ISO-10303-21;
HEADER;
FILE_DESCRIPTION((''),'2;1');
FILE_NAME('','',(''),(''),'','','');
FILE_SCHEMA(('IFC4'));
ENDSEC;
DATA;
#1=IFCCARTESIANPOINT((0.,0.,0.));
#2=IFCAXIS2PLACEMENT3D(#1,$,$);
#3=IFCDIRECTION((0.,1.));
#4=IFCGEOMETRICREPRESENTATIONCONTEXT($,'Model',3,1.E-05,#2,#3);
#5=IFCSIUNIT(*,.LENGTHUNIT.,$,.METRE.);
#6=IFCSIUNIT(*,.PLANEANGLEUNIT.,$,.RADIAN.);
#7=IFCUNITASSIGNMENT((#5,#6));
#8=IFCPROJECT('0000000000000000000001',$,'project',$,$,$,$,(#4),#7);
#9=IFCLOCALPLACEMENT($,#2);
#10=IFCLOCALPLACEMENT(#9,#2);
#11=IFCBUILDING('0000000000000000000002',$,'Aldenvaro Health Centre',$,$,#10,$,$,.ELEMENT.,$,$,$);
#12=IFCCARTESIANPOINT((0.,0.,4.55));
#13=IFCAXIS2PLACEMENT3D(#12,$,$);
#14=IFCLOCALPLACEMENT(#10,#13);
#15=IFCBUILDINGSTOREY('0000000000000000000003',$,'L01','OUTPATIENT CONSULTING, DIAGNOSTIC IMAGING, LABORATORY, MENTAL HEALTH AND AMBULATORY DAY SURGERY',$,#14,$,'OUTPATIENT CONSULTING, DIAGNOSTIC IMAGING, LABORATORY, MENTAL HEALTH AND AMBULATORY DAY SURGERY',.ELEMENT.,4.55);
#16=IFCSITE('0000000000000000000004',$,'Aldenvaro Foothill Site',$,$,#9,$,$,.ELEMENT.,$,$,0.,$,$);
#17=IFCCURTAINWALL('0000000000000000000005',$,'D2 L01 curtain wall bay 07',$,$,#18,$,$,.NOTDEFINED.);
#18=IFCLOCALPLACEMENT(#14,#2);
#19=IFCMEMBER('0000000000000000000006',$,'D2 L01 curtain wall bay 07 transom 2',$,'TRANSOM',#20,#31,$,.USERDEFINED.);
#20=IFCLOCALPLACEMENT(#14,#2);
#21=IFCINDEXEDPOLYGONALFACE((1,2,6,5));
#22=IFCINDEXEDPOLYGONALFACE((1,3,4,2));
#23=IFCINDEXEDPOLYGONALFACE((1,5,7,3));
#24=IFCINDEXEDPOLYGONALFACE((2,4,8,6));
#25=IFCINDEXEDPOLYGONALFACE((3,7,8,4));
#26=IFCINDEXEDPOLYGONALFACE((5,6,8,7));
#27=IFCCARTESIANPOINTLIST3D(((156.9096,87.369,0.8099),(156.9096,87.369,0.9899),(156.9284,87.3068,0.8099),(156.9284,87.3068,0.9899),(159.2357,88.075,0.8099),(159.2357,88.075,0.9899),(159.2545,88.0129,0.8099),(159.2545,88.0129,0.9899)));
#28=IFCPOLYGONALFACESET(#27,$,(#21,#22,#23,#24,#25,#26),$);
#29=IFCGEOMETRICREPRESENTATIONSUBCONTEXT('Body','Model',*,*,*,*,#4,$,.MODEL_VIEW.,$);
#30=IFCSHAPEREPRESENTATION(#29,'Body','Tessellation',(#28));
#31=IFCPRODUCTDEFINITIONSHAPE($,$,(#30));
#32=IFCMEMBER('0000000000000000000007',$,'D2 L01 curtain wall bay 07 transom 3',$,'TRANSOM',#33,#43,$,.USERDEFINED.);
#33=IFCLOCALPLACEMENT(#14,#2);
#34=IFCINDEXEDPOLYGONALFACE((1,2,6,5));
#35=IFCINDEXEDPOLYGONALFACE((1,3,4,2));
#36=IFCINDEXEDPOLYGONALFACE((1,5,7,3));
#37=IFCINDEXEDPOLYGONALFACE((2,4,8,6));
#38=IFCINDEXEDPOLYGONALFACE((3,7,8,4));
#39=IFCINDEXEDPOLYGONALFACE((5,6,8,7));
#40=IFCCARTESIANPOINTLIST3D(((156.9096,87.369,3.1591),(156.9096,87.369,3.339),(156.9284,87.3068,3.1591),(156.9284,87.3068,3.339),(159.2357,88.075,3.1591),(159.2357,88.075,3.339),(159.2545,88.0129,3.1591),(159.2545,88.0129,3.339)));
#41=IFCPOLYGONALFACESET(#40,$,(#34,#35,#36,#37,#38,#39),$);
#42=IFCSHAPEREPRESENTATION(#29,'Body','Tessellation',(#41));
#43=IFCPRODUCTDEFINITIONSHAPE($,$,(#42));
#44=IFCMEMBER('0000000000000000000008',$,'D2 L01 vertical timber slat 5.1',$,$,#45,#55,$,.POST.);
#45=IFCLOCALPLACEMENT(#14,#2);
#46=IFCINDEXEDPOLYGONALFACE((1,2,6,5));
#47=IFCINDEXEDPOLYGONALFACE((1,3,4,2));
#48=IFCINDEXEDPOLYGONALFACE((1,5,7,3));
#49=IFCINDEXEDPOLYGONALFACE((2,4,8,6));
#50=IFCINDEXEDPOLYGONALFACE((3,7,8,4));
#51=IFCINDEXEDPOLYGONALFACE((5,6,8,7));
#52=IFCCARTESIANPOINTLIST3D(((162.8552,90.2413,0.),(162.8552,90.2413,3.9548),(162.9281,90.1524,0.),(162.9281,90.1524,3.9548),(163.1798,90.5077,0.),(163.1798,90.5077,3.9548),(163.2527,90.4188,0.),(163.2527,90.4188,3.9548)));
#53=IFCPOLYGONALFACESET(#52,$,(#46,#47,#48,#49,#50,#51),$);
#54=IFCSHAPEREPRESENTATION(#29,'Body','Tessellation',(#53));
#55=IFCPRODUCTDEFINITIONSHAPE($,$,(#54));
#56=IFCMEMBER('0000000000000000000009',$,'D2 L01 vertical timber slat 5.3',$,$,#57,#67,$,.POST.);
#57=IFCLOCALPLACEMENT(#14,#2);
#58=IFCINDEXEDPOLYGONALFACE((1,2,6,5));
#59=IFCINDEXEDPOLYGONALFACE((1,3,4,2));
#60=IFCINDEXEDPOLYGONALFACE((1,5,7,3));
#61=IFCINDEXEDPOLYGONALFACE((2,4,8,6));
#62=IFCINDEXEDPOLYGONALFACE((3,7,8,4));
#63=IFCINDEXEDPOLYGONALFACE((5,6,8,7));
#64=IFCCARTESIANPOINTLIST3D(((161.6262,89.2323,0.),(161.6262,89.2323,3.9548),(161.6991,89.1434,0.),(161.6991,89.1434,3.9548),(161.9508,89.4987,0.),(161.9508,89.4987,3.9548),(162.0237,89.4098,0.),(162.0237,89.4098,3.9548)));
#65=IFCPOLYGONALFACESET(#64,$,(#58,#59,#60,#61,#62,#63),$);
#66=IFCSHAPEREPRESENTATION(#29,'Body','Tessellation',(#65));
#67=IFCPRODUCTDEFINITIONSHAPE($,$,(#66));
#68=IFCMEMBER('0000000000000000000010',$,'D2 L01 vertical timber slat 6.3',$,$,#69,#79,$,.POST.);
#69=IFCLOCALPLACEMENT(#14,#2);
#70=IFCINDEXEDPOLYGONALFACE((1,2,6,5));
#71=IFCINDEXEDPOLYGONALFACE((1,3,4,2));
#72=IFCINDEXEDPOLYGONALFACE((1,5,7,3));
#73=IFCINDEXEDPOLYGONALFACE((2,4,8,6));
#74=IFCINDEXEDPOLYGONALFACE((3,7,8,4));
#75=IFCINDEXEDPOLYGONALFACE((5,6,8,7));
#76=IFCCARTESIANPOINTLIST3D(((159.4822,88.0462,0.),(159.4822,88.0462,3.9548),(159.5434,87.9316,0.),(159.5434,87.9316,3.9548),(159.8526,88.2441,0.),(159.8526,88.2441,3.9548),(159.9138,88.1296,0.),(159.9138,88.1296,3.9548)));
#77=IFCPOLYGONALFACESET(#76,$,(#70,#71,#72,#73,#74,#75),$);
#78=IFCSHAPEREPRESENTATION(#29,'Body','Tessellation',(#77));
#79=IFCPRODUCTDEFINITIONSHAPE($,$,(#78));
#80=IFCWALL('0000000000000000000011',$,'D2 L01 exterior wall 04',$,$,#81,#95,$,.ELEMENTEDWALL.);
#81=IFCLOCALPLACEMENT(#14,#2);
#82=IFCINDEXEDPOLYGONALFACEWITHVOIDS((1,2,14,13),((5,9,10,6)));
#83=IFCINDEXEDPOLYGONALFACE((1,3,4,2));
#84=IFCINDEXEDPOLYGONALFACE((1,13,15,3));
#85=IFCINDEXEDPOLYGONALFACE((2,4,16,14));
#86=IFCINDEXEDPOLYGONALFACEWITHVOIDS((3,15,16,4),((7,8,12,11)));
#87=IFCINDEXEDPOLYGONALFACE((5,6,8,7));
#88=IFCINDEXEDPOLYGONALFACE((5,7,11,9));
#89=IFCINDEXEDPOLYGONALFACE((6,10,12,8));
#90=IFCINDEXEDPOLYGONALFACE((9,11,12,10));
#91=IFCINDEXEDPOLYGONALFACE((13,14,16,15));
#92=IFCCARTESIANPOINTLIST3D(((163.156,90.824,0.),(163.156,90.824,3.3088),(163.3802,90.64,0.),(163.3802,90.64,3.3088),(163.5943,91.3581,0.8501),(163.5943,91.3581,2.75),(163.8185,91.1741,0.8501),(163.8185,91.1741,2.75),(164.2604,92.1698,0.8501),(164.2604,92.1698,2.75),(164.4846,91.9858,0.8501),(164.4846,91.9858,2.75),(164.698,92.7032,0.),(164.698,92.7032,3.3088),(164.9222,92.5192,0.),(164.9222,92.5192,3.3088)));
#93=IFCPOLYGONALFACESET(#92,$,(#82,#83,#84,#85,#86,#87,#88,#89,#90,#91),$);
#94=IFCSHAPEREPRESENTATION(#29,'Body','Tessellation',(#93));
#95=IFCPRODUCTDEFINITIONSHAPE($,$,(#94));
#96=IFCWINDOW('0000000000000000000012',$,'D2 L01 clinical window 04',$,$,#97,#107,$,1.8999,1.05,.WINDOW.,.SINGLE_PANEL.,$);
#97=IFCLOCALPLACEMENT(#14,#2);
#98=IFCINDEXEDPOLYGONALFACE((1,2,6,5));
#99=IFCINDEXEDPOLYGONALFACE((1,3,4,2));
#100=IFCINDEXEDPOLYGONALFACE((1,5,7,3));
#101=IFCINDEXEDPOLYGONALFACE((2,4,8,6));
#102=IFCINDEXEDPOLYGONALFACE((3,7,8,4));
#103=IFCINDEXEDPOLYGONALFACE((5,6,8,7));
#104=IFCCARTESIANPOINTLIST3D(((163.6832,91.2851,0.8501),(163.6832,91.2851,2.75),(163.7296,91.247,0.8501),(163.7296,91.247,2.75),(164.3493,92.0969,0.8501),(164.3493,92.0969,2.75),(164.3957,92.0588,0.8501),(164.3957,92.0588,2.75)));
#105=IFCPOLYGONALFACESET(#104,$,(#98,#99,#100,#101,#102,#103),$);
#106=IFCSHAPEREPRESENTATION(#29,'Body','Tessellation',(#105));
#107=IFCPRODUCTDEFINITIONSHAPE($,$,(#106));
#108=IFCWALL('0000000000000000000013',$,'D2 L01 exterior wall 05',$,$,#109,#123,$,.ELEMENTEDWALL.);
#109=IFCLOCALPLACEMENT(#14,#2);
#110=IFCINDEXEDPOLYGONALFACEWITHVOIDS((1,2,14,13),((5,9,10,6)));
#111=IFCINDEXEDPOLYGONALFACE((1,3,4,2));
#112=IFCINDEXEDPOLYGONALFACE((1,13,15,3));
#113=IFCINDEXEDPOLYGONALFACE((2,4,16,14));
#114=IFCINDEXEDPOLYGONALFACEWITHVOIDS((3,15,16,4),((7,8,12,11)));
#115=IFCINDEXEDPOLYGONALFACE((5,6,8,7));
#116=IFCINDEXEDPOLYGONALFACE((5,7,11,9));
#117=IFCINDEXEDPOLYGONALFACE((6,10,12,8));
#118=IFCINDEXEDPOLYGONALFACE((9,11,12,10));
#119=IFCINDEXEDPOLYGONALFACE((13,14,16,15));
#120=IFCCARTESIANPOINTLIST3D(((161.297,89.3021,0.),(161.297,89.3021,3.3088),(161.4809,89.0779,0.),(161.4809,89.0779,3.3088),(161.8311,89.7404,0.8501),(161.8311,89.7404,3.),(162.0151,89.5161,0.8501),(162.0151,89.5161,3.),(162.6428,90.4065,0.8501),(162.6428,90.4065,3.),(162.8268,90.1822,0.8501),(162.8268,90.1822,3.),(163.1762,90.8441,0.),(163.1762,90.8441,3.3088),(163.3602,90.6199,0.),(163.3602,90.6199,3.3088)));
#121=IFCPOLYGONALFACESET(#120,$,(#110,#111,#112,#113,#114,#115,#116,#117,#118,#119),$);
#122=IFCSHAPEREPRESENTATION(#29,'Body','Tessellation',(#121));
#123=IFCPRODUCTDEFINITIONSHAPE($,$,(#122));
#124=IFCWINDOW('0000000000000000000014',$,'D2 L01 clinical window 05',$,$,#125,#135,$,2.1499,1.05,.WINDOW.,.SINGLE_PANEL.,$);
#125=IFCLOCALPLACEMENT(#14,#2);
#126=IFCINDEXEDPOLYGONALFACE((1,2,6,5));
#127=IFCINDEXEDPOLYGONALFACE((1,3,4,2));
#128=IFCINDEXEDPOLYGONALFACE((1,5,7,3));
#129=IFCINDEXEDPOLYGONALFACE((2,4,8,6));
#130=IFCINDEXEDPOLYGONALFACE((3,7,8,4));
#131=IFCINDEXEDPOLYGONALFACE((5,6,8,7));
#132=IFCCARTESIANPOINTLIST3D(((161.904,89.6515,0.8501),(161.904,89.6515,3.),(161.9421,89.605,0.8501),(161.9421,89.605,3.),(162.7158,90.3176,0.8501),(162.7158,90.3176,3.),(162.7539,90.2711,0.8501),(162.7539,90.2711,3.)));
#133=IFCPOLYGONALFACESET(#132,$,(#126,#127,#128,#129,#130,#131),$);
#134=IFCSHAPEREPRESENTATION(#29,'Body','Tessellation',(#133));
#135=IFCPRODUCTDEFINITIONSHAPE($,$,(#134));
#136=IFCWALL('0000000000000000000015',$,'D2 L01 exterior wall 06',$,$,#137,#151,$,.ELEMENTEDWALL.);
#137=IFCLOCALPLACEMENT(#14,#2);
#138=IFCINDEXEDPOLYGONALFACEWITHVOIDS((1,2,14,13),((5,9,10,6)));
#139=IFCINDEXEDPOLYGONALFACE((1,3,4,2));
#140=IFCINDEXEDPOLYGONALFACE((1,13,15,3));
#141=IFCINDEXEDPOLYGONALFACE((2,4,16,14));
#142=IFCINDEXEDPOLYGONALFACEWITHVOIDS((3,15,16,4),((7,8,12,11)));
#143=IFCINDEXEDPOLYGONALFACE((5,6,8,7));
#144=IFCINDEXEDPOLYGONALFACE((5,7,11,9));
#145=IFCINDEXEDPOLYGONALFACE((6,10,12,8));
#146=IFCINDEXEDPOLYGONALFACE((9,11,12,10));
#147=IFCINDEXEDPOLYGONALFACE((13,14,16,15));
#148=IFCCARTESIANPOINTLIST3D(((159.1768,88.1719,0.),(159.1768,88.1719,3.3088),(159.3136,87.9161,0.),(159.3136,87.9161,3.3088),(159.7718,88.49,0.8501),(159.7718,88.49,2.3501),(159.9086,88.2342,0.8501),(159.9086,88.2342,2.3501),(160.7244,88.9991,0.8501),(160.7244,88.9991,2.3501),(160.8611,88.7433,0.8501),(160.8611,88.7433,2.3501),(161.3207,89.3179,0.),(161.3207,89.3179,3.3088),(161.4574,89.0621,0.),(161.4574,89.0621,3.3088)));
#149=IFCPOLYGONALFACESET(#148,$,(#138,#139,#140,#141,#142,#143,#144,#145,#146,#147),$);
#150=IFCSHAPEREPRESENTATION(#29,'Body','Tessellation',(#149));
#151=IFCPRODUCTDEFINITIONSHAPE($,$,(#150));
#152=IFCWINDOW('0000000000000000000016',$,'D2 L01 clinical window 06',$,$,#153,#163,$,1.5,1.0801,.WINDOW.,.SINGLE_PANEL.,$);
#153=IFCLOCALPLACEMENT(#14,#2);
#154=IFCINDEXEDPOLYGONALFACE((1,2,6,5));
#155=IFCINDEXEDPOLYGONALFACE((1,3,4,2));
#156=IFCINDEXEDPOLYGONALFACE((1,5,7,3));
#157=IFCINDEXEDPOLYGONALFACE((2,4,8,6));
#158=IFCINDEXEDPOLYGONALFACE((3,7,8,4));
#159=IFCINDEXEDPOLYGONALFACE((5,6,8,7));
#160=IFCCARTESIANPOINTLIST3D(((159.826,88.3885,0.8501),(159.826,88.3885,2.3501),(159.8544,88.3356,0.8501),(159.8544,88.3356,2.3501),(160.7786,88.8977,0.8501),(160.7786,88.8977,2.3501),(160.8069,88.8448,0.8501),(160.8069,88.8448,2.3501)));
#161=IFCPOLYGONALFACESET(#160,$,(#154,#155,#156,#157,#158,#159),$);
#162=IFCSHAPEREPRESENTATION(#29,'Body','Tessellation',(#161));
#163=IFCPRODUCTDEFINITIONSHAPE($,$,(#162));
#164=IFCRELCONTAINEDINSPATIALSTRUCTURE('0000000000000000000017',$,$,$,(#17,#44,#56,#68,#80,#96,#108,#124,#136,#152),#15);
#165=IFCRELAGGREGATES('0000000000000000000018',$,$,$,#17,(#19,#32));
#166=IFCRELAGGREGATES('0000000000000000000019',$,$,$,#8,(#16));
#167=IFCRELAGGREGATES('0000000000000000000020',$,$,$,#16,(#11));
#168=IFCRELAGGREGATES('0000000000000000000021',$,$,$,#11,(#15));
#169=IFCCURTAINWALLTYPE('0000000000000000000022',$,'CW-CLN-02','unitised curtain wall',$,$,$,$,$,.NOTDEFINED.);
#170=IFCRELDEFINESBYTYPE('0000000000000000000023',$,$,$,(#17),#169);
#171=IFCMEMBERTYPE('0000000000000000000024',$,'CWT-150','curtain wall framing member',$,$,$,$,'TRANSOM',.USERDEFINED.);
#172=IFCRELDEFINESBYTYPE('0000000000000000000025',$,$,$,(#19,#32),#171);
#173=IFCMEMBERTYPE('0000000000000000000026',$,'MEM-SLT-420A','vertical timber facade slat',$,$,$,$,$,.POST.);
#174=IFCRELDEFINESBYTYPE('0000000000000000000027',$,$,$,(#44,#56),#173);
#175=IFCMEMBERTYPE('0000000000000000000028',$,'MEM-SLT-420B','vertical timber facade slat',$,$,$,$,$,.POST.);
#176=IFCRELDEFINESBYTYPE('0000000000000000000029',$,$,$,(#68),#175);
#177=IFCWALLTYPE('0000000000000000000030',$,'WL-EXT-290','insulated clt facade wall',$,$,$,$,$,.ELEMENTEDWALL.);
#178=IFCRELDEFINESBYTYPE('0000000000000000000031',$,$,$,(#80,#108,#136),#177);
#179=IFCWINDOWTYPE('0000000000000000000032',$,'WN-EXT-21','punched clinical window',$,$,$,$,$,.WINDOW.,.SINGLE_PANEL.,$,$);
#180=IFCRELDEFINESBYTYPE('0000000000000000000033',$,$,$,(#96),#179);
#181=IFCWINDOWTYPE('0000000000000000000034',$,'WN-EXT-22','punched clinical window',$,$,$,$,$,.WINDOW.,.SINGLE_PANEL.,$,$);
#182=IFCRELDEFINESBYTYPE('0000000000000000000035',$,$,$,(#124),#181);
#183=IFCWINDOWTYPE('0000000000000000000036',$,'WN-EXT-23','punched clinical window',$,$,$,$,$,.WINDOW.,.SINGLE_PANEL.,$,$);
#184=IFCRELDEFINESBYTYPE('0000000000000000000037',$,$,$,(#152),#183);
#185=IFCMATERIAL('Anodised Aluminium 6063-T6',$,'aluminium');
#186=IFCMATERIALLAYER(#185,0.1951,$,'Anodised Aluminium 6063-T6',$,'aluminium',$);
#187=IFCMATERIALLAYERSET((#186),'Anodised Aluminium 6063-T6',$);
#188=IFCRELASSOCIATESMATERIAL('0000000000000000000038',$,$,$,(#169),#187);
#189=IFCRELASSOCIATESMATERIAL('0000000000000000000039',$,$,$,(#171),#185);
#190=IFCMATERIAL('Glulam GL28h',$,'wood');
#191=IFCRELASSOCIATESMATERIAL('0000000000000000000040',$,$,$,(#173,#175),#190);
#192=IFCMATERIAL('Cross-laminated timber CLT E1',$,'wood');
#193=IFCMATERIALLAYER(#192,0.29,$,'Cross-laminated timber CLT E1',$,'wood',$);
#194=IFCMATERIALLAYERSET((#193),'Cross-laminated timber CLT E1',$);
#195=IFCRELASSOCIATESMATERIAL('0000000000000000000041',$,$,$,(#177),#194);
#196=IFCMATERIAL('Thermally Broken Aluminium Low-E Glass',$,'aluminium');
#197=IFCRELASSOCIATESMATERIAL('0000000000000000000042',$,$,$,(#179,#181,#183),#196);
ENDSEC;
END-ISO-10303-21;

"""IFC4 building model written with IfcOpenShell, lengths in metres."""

from ifc_helpers import new_model, si_unit, direction, frame, frame_2d, origin, origin_2d, place, context, subcontext, project, spatial, rectangle, extrude, material, layer, layer_set, material_profile, profile_set, type_object, element, fill, aggregate, save


model = new_model("IFC4")

# Units and contexts
model_context = context("Model", 3, precision=1e-05, world=origin(), true_north=direction((0.0, 1.0)))
body_context = subcontext(model_context, "Body", "Model", "MODEL_VIEW")
ifc_project = project(units=[si_unit("LENGTHUNIT", "METRE"), si_unit("PLANEANGLEUNIT", "RADIAN")], contexts=[model_context])

# Site, building, storey
site_placement = place(None, origin())
site = spatial("IfcSite", under=ifc_project, at=site_placement, Name="Aldenvaro Foothill Site", CompositionType="ELEMENT", RefElevation=0.0)
building_placement = place(site_placement, origin())
building = spatial("IfcBuilding", under=site, at=building_placement, Name="Aldenvaro Health Centre", CompositionType="ELEMENT")
storey_placement = place(building_placement, frame((0.0, 0.0, 4.55)))
storey = spatial("IfcBuildingStorey", under=building, at=storey_placement, Name="L01", Description="OUTPATIENT CONSULTING, DIAGNOSTIC IMAGING, LABORATORY, MENTAL HEALTH AND AMBULATORY DAY SURGERY", LongName="OUTPATIENT CONSULTING, DIAGNOSTIC IMAGING, LABORATORY, MENTAL HEALTH AND AMBULATORY DAY SURGERY", CompositionType="ELEMENT", Elevation=4.55)

# Shared definitions
ifc_material_1 = material(Name="Glulam GL28h", Category="wood")

# Curtain wall, members
ifc_material_2 = material(Name="Anodised Aluminium 6063-T6", Category="aluminium")
ifc_layer_1 = layer(ifc_material_2, 0.1951, Name="Anodised Aluminium 6063-T6", Category="aluminium")
ifc_layer_set_1 = layer_set([ifc_layer_1], Name="Anodised Aluminium 6063-T6")
curtain_wall_type = type_object("IfcCurtainWallType", Name="CW-CLN-02", Description="unitised curtain wall", PredefinedType="NOTDEFINED", material=ifc_layer_set_1)
curtain_wall_placement = place(storey_placement, origin())
curtain_wall = element("IfcCurtainWall", 1, at=curtain_wall_placement, inside=storey, type_object=curtain_wall_type, Name="D2 L01 curtain wall bay 07", PredefinedType="NOTDEFINED")
ifc_material_profile_1 = material_profile(ifc_material_2, rectangle(XDim=0.0649, YDim=0.1799, at=origin_2d()), Name="ALU 65x180", Category="aluminium")
ifc_profile_set_1 = profile_set([ifc_material_profile_1], Name="Anodised Aluminium 6063-T6")
member_type_1 = type_object("IfcMemberType", Name="CWT-150", Description="curtain wall framing member", ElementType="TRANSOM", PredefinedType="USERDEFINED", material=ifc_profile_set_1)
member_1_placement = place(storey_placement, frame((159.2451, 88.0439, 0.8999), z_axis=(-0.956893, -0.290442, 0.0), x_axis=(0.290442, -0.956893, 0.0)))
member_1 = element("IfcMember", 2, at=member_1_placement, type_object=member_type_1, Name="D2 L01 curtain wall bay 07 transom 2", ObjectType="TRANSOM", PredefinedType="USERDEFINED", context=body_context, shape_type="SweptSolid", body=[
    extrude(rectangle(XDim=0.0649, YDim=0.1799, at=origin_2d()), origin(), (0.0, 0.0, 1.0), 2.4309),
])
member_2_placement = place(storey_placement, frame((159.2451, 88.0439, 3.249), z_axis=(-0.956893, -0.290442, 0.0), x_axis=(0.290442, -0.956893, 0.0)))
member_2 = element("IfcMember", 3, at=member_2_placement, type_object=member_type_1, Name="D2 L01 curtain wall bay 07 transom 3", ObjectType="TRANSOM", PredefinedType="USERDEFINED", context=body_context, shape_type="SweptSolid", body=[
    extrude(rectangle(XDim=0.0649, YDim=0.1799, at=origin_2d()), origin(), (0.0, 0.0, 1.0), 2.4309),
])
aggregate(curtain_wall, [member_1, member_2])

# Members
ifc_material_profile_2 = material_profile(ifc_material_1, rectangle(XDim=0.115, YDim=0.4199, at=origin_2d()), Name="GL 115x420", Category="wood")
ifc_profile_set_2 = profile_set([ifc_material_profile_2], Name="Glulam GL28h")
member_type_2 = type_object("IfcMemberType", Name="MEM-SLT-420A", Description="vertical timber facade slat", PredefinedType="POST", material=ifc_profile_set_2)
for number, where, z_axis, x_axis, name in (
    (4, (163.054, 90.3301, 0.0), (0.0, 0.0, 1.0), (0.63438, -0.773022, 0.0), "D2 L01 vertical timber slat 5.1"),
    (5, (161.825, 89.321, 0.0), (0.0, 0.0, 1.0), (0.63438, -0.773022, 0.0), "D2 L01 vertical timber slat 5.3"),
):
    element("IfcMember", number, at=place(storey_placement, frame(where, z_axis=z_axis, x_axis=x_axis)), inside=storey, type_object=member_type_2, Name=name, PredefinedType="POST", context=body_context, shape_type="SweptSolid", body=[
        extrude(rectangle(XDim=0.115, YDim=0.4199, at=origin_2d()), origin(), (0.0, 0.0, 1.0), 3.9548),
    ])
ifc_material_profile_3 = material_profile(ifc_material_1, rectangle(XDim=0.1299, YDim=0.4199, at=origin_2d()), Name="GL 130x420", Category="wood")
ifc_profile_set_3 = profile_set([ifc_material_profile_3], Name="Glulam GL28h")
member_type_3 = type_object("IfcMemberType", Name="MEM-SLT-420B", Description="vertical timber facade slat", PredefinedType="POST", material=ifc_profile_set_3)
member_3_placement = place(storey_placement, frame((159.698, 88.0879, 0.0), z_axis=(0.0, 0.0, 1.0), x_axis=(0.471399, -0.88192, 0.0)))
element("IfcMember", 6, at=member_3_placement, inside=storey, type_object=member_type_3, Name="D2 L01 vertical timber slat 6.3", PredefinedType="POST", context=body_context, shape_type="SweptSolid", body=[
    extrude(rectangle(XDim=0.1299, YDim=0.4199, at=origin_2d()), origin(), (0.0, 0.0, 1.0), 3.9548),
])

# Walls, openings, windows
ifc_material_3 = material(Name="Cross-laminated timber CLT E1", Category="wood")
ifc_layer_2 = layer(ifc_material_3, 0.29, Name="Cross-laminated timber CLT E1", Category="wood")
ifc_layer_set_2 = layer_set([ifc_layer_2], Name="Cross-laminated timber CLT E1")
wall_type = type_object("IfcWallType", Name="WL-EXT-290", Description="insulated clt facade wall", PredefinedType="ELEMENTEDWALL", material=ifc_layer_set_2)
wall_1_placement = place(storey_placement, frame((164.8101, 92.6111, 0.0), z_axis=(0.0, 0.0, 1.0), x_axis=(-0.634347, -0.773048, 0.0)))
wall_1 = element("IfcWall", 7, at=wall_1_placement, inside=storey, type_object=wall_type, Name="D2 L01 exterior wall 04", PredefinedType="ELEMENTEDWALL", context=body_context, shape_type="SweptSolid", body=[
    extrude(rectangle(XDim=2.4309, YDim=0.29, at=frame_2d((1.2153, 0.0))), origin(), (0.0, 0.0, 1.0), 3.3088),
])
opening_1_placement = place(wall_1_placement, frame((0.6899, 0.0, 0.8501)))
opening_1 = element("IfcOpeningElement", 8, at=opening_1_placement, cuts=wall_1, PredefinedType="OPENING", context=body_context, shape_type="SweptSolid", body=[
    extrude(rectangle(XDim=1.05, YDim=1.8999, at=frame_2d((0.5249, 0.95))), frame((0.0, 0.155, 0.0), z_axis=(0.0, -1.0, 0.0), x_axis=(1.0, 0.0, 0.0)), (0.0, 0.0, 1.0), 0.3101),
])
ifc_material_4 = material(Name="Thermally Broken Aluminium Low-E Glass", Category="aluminium")
window_type_1 = type_object("IfcWindowType", Name="WN-EXT-21", Description="punched clinical window", PartitioningType="SINGLE_PANEL", PredefinedType="WINDOW", material=ifc_material_4)
window_1_placement = place(opening_1_placement, origin())
window_1 = element("IfcWindow", 9, at=window_1_placement, inside=storey, type_object=window_type_1, Name="D2 L01 clinical window 04", OverallHeight=1.8999, OverallWidth=1.05, PartitioningType="SINGLE_PANEL", PredefinedType="WINDOW", context=body_context, shape_type="SweptSolid", body=[
    extrude(rectangle(XDim=1.05, YDim=1.8999, at=frame_2d((0.5249, 0.95))), frame((0.0, 0.03, 0.0), z_axis=(0.0, -1.0, 0.0), x_axis=(1.0, 0.0, 0.0)), (0.0, 0.0, 1.0), 0.0601),
])
fill(opening_1, window_1)
wall_2_placement = place(storey_placement, frame((163.2681, 90.7319, 0.0), z_axis=(0.0, 0.0, 1.0), x_axis=(-0.773048, -0.634347, 0.0)))
wall_2 = element("IfcWall", 10, at=wall_2_placement, inside=storey, type_object=wall_type, Name="D2 L01 exterior wall 05", PredefinedType="ELEMENTEDWALL", context=body_context, shape_type="SweptSolid", body=[
    extrude(rectangle(XDim=2.4309, YDim=0.29, at=frame_2d((1.2153, 0.0))), origin(), (0.0, 0.0, 1.0), 3.3088),
])
opening_2_placement = place(wall_2_placement, frame((0.6899, 0.0, 0.8501)))
opening_2 = element("IfcOpeningElement", 11, at=opening_2_placement, cuts=wall_2, PredefinedType="OPENING", context=body_context, shape_type="SweptSolid", body=[
    extrude(rectangle(XDim=1.05, YDim=2.1499, at=frame_2d((0.5249, 1.075))), frame((0.0, 0.155, 0.0), z_axis=(0.0, -1.0, 0.0), x_axis=(1.0, 0.0, 0.0)), (0.0, 0.0, 1.0), 0.3101),
])
window_type_2 = type_object("IfcWindowType", Name="WN-EXT-22", Description="punched clinical window", PartitioningType="SINGLE_PANEL", PredefinedType="WINDOW", material=ifc_material_4)
window_2_placement = place(opening_2_placement, origin())
window_2 = element("IfcWindow", 12, at=window_2_placement, inside=storey, type_object=window_type_2, Name="D2 L01 clinical window 05", OverallHeight=2.1499, OverallWidth=1.05, PartitioningType="SINGLE_PANEL", PredefinedType="WINDOW", context=body_context, shape_type="SweptSolid", body=[
    extrude(rectangle(XDim=1.05, YDim=2.1499, at=frame_2d((0.5249, 1.075))), frame((0.0, 0.03, 0.0), z_axis=(0.0, -1.0, 0.0), x_axis=(1.0, 0.0, 0.0)), (0.0, 0.0, 1.0), 0.0601),
])
fill(opening_2, window_2)
wall_3_placement = place(storey_placement, frame((161.3889, 89.1899, 0.0), z_axis=(0.0, 0.0, 1.0), x_axis=(-0.881902, -0.471432, 0.0)))
wall_3 = element("IfcWall", 13, at=wall_3_placement, inside=storey, type_object=wall_type, Name="D2 L01 exterior wall 06", PredefinedType="ELEMENTEDWALL", context=body_context, shape_type="SweptSolid", body=[
    extrude(rectangle(XDim=2.4309, YDim=0.29, at=frame_2d((1.2153, 0.0))), origin(), (0.0, 0.0, 1.0), 3.3088),
])
opening_3_placement = place(wall_3_placement, frame((0.676, 0.0, 0.8501)))
opening_3 = element("IfcOpeningElement", 14, at=opening_3_placement, cuts=wall_3, PredefinedType="OPENING", context=body_context, shape_type="SweptSolid", body=[
    extrude(rectangle(XDim=1.0801, YDim=1.5, at=frame_2d((0.54, 0.75))), frame((0.0, 0.155, 0.0), z_axis=(0.0, -1.0, 0.0), x_axis=(1.0, 0.0, 0.0)), (0.0, 0.0, 1.0), 0.3101),
])
window_type_3 = type_object("IfcWindowType", Name="WN-EXT-23", Description="punched clinical window", PartitioningType="SINGLE_PANEL", PredefinedType="WINDOW", material=ifc_material_4)
window_3_placement = place(opening_3_placement, origin())
window_3 = element("IfcWindow", 15, at=window_3_placement, inside=storey, type_object=window_type_3, Name="D2 L01 clinical window 06", OverallHeight=1.5, OverallWidth=1.0801, PartitioningType="SINGLE_PANEL", PredefinedType="WINDOW", context=body_context, shape_type="SweptSolid", body=[
    extrude(rectangle(XDim=1.0801, YDim=1.5, at=frame_2d((0.54, 0.75))), frame((0.0, 0.03, 0.0), z_axis=(0.0, -1.0, 0.0), x_axis=(1.0, 0.0, 0.0)), (0.0, 0.0, 1.0), 0.0601),
])
fill(opening_3, window_3)

save(model, "model.ifc")
